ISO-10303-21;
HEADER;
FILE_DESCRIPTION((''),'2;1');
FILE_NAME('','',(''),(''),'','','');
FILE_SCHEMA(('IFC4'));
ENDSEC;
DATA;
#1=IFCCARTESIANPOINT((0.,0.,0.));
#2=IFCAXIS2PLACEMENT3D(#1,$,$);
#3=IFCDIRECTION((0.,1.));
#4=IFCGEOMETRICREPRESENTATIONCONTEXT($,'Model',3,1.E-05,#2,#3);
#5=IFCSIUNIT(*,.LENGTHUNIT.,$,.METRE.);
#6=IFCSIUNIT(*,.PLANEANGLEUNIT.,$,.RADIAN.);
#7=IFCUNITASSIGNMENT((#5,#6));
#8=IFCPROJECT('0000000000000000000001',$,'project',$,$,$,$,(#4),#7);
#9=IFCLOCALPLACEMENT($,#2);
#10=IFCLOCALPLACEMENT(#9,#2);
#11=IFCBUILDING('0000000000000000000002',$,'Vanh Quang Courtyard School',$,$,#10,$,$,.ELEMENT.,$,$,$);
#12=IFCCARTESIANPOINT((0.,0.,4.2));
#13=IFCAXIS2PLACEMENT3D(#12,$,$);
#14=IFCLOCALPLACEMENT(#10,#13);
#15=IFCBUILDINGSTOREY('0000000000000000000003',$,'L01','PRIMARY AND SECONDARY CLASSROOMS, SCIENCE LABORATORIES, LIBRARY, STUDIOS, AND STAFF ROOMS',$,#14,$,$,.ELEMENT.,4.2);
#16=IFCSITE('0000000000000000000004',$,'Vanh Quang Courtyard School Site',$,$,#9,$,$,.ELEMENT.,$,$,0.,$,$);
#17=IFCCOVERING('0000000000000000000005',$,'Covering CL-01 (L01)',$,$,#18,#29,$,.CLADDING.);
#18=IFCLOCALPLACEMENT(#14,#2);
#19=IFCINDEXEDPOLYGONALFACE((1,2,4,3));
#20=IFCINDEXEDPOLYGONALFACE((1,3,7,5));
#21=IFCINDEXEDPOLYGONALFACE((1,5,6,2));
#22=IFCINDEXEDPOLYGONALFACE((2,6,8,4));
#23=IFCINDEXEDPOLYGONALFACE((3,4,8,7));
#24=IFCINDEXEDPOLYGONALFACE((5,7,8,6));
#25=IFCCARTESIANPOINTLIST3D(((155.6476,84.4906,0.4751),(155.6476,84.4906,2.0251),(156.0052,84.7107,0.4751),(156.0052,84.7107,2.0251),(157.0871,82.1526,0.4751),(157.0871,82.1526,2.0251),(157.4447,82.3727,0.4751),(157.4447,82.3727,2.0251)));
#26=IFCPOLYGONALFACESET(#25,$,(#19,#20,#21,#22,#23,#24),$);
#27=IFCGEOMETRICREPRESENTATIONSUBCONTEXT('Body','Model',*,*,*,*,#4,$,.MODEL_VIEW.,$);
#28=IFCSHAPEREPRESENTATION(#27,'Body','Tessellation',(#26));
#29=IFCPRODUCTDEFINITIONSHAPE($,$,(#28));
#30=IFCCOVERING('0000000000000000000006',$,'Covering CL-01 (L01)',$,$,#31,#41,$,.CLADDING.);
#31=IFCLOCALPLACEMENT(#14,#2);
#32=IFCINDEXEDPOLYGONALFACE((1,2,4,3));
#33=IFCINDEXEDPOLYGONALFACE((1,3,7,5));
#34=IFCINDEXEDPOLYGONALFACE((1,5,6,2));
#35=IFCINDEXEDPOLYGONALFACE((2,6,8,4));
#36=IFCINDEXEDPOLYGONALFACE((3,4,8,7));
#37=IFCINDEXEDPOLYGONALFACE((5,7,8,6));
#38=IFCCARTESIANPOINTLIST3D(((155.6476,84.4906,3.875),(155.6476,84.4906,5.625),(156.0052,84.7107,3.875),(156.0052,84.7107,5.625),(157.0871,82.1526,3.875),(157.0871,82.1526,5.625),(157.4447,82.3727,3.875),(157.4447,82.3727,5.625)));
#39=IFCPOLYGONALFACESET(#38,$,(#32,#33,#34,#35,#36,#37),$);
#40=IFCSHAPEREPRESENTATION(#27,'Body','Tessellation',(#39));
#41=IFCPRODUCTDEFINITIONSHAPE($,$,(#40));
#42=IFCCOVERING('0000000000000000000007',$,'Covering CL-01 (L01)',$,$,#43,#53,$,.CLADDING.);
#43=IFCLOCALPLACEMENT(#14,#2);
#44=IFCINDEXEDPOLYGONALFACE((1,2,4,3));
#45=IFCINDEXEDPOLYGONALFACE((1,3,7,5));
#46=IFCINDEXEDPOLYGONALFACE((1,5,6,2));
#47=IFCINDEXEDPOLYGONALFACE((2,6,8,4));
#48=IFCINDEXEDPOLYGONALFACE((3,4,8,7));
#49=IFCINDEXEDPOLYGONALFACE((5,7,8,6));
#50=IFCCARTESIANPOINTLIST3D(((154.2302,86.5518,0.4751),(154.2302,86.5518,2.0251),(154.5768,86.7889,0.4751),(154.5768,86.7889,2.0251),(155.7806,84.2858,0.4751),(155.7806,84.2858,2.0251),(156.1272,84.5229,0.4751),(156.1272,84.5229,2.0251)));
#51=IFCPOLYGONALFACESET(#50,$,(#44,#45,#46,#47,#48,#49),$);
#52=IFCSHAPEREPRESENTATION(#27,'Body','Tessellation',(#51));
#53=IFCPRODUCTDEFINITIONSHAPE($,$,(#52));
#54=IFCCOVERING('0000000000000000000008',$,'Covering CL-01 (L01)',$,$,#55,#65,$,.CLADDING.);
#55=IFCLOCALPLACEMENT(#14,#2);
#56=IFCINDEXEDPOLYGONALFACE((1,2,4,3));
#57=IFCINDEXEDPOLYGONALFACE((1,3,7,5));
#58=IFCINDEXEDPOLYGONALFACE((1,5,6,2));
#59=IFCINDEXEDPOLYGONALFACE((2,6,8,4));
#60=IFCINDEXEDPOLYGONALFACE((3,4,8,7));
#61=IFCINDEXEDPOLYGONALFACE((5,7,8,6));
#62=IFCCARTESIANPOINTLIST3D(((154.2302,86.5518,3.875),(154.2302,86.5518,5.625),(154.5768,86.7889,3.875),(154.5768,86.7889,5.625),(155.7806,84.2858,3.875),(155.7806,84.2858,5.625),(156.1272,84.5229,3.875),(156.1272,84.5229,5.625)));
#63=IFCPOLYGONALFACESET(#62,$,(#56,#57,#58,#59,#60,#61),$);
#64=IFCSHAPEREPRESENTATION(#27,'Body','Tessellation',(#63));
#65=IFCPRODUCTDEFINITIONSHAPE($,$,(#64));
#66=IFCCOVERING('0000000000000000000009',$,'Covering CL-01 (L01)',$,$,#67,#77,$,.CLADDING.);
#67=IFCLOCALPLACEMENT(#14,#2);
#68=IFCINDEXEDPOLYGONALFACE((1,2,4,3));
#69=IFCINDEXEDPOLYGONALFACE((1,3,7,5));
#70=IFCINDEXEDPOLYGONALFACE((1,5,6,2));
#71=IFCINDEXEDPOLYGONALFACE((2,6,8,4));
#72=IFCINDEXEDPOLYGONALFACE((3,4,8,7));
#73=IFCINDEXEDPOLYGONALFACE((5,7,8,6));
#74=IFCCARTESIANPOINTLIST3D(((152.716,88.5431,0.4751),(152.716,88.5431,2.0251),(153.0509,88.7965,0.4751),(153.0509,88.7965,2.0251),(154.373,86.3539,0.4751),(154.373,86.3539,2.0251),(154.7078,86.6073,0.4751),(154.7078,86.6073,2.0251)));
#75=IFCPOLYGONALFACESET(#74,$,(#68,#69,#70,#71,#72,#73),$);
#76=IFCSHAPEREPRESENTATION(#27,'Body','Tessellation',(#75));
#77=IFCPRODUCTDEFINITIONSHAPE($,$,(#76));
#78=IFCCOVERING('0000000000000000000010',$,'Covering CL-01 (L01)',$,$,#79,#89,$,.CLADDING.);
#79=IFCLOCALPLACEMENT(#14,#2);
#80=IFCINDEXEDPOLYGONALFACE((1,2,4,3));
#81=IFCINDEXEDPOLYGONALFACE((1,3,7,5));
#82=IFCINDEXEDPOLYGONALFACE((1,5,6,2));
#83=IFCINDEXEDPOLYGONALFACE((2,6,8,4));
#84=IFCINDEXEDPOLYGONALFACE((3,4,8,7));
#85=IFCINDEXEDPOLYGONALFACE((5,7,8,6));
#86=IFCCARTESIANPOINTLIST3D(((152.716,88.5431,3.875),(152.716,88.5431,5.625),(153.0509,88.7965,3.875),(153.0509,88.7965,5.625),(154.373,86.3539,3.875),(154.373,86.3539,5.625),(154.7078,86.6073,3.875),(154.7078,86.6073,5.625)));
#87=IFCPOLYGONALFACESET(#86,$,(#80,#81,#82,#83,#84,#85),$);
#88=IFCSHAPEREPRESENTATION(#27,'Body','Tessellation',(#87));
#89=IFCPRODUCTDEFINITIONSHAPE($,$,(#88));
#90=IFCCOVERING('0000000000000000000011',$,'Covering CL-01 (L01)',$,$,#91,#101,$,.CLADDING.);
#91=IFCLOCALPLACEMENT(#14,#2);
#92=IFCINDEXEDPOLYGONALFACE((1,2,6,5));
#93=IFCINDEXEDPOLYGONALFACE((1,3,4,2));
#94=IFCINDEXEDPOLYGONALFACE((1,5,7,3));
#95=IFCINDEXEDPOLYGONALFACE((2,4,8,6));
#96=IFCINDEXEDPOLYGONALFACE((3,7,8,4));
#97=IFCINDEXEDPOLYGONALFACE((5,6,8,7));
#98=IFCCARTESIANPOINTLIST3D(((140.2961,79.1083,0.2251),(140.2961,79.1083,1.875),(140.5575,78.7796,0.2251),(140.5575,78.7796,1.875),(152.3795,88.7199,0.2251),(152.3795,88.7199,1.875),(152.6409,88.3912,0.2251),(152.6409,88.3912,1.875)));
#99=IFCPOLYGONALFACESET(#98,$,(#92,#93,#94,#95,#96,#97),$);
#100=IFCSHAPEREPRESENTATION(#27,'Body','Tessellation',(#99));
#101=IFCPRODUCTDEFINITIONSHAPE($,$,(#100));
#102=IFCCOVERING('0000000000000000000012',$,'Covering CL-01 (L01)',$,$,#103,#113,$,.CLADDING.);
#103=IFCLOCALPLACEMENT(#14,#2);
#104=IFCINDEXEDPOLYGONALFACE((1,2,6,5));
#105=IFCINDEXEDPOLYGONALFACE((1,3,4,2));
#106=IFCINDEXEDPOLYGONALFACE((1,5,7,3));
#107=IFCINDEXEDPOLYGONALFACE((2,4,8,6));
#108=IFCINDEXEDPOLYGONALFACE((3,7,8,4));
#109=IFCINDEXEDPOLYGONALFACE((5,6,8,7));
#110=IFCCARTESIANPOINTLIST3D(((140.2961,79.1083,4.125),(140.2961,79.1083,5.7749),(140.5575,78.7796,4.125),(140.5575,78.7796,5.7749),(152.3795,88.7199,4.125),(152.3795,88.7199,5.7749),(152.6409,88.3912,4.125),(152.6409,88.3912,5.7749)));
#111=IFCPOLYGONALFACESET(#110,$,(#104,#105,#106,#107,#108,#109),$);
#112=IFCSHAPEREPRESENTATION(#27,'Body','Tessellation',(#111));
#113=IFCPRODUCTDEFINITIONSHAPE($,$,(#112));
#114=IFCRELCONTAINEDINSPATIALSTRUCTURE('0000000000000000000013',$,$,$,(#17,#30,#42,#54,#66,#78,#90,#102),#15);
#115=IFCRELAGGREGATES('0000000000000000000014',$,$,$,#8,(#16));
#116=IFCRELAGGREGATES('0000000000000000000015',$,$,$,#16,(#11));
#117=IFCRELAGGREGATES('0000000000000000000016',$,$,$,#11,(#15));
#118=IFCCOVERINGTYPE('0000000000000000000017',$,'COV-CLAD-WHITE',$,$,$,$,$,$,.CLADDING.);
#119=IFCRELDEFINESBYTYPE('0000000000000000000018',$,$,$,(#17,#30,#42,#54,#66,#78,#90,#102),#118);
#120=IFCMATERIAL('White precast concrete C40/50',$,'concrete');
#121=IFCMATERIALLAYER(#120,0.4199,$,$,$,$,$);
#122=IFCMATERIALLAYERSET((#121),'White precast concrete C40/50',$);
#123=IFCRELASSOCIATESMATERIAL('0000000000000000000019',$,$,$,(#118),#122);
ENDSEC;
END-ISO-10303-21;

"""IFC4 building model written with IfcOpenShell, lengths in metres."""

from ifc_helpers import new_model, si_unit, direction, frame, origin, origin_2d, place, context, subcontext, project, spatial, rectangle, extrude, material, layer, layer_set, type_object, element, save


model = new_model("IFC4")

# Units and contexts
model_context = context("Model", 3, precision=1e-05, world=origin(), true_north=direction((0.0, 1.0)))
body_context = subcontext(model_context, "Body", "Model", "MODEL_VIEW")
ifc_project = project(units=[si_unit("LENGTHUNIT", "METRE"), si_unit("PLANEANGLEUNIT", "RADIAN")], contexts=[model_context])

# Site, building, storey
site_placement = place(None, origin())
site = spatial("IfcSite", under=ifc_project, at=site_placement, Name="Vanh Quang Courtyard School Site", CompositionType="ELEMENT", RefElevation=0.0)
building_placement = place(site_placement, origin())
building = spatial("IfcBuilding", under=site, at=building_placement, Name="Vanh Quang Courtyard School", CompositionType="ELEMENT")
storey_placement = place(building_placement, frame((0.0, 0.0, 4.2)))
storey = spatial("IfcBuildingStorey", under=building, at=storey_placement, Name="L01", Description="PRIMARY AND SECONDARY CLASSROOMS, SCIENCE LABORATORIES, LIBRARY, STUDIOS, AND STAFF ROOMS", CompositionType="ELEMENT", Elevation=4.2)

# Coverings
ifc_material_1 = material(Name="White precast concrete C40/50", Category="concrete")
ifc_layer_1 = layer(ifc_material_1, 0.4199)
ifc_layer_set_1 = layer_set([ifc_layer_1], Name="White precast concrete C40/50")
covering_type = type_object("IfcCoveringType", Name="COV-CLAD-WHITE", PredefinedType="CLADDING", material=ifc_layer_set_1)
covering_1_placement = place(storey_placement, frame((156.5461, 83.4316, 0.4751), z_axis=(0.0, 0.0, 1.0), x_axis=(-0.524283, 0.851544, 0.0)))
element("IfcCovering", 1, at=covering_1_placement, inside=storey, type_object=covering_type, Name="Covering CL-01 (L01)", PredefinedType="CLADDING", context=body_context, shape_type="SweptSolid", body=[
    extrude(rectangle(XDim=2.7456, YDim=0.4199, at=origin_2d()), origin(), (0.0, 0.0, 1.0), 1.55),
])
covering_2_placement = place(storey_placement, frame((156.5461, 83.4316, 3.875), z_axis=(0.0, 0.0, 1.0), x_axis=(-0.524283, 0.851544, 0.0)))
element("IfcCovering", 2, at=covering_2_placement, inside=storey, type_object=covering_type, Name="Covering CL-01 (L01)", PredefinedType="CLADDING", context=body_context, shape_type="SweptSolid", body=[
    extrude(rectangle(XDim=2.7456, YDim=0.4199, at=origin_2d()), origin(), (0.0, 0.0, 1.0), 1.75),
])
covering_3_placement = place(storey_placement, frame((155.1787, 85.5374, 0.4751), z_axis=(0.0, 0.0, 1.0), x_axis=(-0.564679, 0.825311, 0.0)))
element("IfcCovering", 3, at=covering_3_placement, inside=storey, type_object=covering_type, Name="Covering CL-01 (L01)", PredefinedType="CLADDING", context=body_context, shape_type="SweptSolid", body=[
    extrude(rectangle(XDim=2.7456, YDim=0.4199, at=origin_2d()), origin(), (0.0, 0.0, 1.0), 1.55),
])
covering_4_placement = place(storey_placement, frame((155.1787, 85.5374, 3.875), z_axis=(0.0, 0.0, 1.0), x_axis=(-0.564679, 0.825311, 0.0)))
element("IfcCovering", 4, at=covering_4_placement, inside=storey, type_object=covering_type, Name="Covering CL-01 (L01)", PredefinedType="CLADDING", context=body_context, shape_type="SweptSolid", body=[
    extrude(rectangle(XDim=2.7456, YDim=0.4199, at=origin_2d()), origin(), (0.0, 0.0, 1.0), 1.75),
])
covering_5_placement = place(storey_placement, frame((153.7119, 87.5752, 0.4751), z_axis=(0.0, 0.0, 1.0), x_axis=(-0.603486, 0.797373, 0.0)))
element("IfcCovering", 5, at=covering_5_placement, inside=storey, type_object=covering_type, Name="Covering CL-01 (L01)", PredefinedType="CLADDING", context=body_context, shape_type="SweptSolid", body=[
    extrude(rectangle(XDim=2.7456, YDim=0.4199, at=origin_2d()), origin(), (0.0, 0.0, 1.0), 1.55),
])
covering_6_placement = place(storey_placement, frame((153.7119, 87.5752, 3.875), z_axis=(0.0, 0.0, 1.0), x_axis=(-0.603486, 0.797373, 0.0)))
element("IfcCovering", 6, at=covering_6_placement, inside=storey, type_object=covering_type, Name="Covering CL-01 (L01)", PredefinedType="CLADDING", context=body_context, shape_type="SweptSolid", body=[
    extrude(rectangle(XDim=2.7456, YDim=0.4199, at=origin_2d()), origin(), (0.0, 0.0, 1.0), 1.75),
])
for number, where, z_axis, x_axis, name in (
    (7, (146.4685, 83.7498, 0.2251), (0.0, 0.0, 1.0), (0.782608, 0.622515, 0.0), "Covering CL-01 (L01)"),
    (8, (146.4685, 83.7498, 4.125), (0.0, 0.0, 1.0), (0.782608, 0.622515, 0.0), "Covering CL-01 (L01)"),
):
    element("IfcCovering", number, at=place(storey_placement, frame(where, z_axis=z_axis, x_axis=x_axis)), inside=storey, type_object=covering_type, Name=name, PredefinedType="CLADDING", context=body_context, shape_type="SweptSolid", body=[
        extrude(rectangle(XDim=15.4399, YDim=0.4199, at=origin_2d()), origin(), (0.0, 0.0, 1.0), 1.6499),
    ])

save(model, "model.ifc")
